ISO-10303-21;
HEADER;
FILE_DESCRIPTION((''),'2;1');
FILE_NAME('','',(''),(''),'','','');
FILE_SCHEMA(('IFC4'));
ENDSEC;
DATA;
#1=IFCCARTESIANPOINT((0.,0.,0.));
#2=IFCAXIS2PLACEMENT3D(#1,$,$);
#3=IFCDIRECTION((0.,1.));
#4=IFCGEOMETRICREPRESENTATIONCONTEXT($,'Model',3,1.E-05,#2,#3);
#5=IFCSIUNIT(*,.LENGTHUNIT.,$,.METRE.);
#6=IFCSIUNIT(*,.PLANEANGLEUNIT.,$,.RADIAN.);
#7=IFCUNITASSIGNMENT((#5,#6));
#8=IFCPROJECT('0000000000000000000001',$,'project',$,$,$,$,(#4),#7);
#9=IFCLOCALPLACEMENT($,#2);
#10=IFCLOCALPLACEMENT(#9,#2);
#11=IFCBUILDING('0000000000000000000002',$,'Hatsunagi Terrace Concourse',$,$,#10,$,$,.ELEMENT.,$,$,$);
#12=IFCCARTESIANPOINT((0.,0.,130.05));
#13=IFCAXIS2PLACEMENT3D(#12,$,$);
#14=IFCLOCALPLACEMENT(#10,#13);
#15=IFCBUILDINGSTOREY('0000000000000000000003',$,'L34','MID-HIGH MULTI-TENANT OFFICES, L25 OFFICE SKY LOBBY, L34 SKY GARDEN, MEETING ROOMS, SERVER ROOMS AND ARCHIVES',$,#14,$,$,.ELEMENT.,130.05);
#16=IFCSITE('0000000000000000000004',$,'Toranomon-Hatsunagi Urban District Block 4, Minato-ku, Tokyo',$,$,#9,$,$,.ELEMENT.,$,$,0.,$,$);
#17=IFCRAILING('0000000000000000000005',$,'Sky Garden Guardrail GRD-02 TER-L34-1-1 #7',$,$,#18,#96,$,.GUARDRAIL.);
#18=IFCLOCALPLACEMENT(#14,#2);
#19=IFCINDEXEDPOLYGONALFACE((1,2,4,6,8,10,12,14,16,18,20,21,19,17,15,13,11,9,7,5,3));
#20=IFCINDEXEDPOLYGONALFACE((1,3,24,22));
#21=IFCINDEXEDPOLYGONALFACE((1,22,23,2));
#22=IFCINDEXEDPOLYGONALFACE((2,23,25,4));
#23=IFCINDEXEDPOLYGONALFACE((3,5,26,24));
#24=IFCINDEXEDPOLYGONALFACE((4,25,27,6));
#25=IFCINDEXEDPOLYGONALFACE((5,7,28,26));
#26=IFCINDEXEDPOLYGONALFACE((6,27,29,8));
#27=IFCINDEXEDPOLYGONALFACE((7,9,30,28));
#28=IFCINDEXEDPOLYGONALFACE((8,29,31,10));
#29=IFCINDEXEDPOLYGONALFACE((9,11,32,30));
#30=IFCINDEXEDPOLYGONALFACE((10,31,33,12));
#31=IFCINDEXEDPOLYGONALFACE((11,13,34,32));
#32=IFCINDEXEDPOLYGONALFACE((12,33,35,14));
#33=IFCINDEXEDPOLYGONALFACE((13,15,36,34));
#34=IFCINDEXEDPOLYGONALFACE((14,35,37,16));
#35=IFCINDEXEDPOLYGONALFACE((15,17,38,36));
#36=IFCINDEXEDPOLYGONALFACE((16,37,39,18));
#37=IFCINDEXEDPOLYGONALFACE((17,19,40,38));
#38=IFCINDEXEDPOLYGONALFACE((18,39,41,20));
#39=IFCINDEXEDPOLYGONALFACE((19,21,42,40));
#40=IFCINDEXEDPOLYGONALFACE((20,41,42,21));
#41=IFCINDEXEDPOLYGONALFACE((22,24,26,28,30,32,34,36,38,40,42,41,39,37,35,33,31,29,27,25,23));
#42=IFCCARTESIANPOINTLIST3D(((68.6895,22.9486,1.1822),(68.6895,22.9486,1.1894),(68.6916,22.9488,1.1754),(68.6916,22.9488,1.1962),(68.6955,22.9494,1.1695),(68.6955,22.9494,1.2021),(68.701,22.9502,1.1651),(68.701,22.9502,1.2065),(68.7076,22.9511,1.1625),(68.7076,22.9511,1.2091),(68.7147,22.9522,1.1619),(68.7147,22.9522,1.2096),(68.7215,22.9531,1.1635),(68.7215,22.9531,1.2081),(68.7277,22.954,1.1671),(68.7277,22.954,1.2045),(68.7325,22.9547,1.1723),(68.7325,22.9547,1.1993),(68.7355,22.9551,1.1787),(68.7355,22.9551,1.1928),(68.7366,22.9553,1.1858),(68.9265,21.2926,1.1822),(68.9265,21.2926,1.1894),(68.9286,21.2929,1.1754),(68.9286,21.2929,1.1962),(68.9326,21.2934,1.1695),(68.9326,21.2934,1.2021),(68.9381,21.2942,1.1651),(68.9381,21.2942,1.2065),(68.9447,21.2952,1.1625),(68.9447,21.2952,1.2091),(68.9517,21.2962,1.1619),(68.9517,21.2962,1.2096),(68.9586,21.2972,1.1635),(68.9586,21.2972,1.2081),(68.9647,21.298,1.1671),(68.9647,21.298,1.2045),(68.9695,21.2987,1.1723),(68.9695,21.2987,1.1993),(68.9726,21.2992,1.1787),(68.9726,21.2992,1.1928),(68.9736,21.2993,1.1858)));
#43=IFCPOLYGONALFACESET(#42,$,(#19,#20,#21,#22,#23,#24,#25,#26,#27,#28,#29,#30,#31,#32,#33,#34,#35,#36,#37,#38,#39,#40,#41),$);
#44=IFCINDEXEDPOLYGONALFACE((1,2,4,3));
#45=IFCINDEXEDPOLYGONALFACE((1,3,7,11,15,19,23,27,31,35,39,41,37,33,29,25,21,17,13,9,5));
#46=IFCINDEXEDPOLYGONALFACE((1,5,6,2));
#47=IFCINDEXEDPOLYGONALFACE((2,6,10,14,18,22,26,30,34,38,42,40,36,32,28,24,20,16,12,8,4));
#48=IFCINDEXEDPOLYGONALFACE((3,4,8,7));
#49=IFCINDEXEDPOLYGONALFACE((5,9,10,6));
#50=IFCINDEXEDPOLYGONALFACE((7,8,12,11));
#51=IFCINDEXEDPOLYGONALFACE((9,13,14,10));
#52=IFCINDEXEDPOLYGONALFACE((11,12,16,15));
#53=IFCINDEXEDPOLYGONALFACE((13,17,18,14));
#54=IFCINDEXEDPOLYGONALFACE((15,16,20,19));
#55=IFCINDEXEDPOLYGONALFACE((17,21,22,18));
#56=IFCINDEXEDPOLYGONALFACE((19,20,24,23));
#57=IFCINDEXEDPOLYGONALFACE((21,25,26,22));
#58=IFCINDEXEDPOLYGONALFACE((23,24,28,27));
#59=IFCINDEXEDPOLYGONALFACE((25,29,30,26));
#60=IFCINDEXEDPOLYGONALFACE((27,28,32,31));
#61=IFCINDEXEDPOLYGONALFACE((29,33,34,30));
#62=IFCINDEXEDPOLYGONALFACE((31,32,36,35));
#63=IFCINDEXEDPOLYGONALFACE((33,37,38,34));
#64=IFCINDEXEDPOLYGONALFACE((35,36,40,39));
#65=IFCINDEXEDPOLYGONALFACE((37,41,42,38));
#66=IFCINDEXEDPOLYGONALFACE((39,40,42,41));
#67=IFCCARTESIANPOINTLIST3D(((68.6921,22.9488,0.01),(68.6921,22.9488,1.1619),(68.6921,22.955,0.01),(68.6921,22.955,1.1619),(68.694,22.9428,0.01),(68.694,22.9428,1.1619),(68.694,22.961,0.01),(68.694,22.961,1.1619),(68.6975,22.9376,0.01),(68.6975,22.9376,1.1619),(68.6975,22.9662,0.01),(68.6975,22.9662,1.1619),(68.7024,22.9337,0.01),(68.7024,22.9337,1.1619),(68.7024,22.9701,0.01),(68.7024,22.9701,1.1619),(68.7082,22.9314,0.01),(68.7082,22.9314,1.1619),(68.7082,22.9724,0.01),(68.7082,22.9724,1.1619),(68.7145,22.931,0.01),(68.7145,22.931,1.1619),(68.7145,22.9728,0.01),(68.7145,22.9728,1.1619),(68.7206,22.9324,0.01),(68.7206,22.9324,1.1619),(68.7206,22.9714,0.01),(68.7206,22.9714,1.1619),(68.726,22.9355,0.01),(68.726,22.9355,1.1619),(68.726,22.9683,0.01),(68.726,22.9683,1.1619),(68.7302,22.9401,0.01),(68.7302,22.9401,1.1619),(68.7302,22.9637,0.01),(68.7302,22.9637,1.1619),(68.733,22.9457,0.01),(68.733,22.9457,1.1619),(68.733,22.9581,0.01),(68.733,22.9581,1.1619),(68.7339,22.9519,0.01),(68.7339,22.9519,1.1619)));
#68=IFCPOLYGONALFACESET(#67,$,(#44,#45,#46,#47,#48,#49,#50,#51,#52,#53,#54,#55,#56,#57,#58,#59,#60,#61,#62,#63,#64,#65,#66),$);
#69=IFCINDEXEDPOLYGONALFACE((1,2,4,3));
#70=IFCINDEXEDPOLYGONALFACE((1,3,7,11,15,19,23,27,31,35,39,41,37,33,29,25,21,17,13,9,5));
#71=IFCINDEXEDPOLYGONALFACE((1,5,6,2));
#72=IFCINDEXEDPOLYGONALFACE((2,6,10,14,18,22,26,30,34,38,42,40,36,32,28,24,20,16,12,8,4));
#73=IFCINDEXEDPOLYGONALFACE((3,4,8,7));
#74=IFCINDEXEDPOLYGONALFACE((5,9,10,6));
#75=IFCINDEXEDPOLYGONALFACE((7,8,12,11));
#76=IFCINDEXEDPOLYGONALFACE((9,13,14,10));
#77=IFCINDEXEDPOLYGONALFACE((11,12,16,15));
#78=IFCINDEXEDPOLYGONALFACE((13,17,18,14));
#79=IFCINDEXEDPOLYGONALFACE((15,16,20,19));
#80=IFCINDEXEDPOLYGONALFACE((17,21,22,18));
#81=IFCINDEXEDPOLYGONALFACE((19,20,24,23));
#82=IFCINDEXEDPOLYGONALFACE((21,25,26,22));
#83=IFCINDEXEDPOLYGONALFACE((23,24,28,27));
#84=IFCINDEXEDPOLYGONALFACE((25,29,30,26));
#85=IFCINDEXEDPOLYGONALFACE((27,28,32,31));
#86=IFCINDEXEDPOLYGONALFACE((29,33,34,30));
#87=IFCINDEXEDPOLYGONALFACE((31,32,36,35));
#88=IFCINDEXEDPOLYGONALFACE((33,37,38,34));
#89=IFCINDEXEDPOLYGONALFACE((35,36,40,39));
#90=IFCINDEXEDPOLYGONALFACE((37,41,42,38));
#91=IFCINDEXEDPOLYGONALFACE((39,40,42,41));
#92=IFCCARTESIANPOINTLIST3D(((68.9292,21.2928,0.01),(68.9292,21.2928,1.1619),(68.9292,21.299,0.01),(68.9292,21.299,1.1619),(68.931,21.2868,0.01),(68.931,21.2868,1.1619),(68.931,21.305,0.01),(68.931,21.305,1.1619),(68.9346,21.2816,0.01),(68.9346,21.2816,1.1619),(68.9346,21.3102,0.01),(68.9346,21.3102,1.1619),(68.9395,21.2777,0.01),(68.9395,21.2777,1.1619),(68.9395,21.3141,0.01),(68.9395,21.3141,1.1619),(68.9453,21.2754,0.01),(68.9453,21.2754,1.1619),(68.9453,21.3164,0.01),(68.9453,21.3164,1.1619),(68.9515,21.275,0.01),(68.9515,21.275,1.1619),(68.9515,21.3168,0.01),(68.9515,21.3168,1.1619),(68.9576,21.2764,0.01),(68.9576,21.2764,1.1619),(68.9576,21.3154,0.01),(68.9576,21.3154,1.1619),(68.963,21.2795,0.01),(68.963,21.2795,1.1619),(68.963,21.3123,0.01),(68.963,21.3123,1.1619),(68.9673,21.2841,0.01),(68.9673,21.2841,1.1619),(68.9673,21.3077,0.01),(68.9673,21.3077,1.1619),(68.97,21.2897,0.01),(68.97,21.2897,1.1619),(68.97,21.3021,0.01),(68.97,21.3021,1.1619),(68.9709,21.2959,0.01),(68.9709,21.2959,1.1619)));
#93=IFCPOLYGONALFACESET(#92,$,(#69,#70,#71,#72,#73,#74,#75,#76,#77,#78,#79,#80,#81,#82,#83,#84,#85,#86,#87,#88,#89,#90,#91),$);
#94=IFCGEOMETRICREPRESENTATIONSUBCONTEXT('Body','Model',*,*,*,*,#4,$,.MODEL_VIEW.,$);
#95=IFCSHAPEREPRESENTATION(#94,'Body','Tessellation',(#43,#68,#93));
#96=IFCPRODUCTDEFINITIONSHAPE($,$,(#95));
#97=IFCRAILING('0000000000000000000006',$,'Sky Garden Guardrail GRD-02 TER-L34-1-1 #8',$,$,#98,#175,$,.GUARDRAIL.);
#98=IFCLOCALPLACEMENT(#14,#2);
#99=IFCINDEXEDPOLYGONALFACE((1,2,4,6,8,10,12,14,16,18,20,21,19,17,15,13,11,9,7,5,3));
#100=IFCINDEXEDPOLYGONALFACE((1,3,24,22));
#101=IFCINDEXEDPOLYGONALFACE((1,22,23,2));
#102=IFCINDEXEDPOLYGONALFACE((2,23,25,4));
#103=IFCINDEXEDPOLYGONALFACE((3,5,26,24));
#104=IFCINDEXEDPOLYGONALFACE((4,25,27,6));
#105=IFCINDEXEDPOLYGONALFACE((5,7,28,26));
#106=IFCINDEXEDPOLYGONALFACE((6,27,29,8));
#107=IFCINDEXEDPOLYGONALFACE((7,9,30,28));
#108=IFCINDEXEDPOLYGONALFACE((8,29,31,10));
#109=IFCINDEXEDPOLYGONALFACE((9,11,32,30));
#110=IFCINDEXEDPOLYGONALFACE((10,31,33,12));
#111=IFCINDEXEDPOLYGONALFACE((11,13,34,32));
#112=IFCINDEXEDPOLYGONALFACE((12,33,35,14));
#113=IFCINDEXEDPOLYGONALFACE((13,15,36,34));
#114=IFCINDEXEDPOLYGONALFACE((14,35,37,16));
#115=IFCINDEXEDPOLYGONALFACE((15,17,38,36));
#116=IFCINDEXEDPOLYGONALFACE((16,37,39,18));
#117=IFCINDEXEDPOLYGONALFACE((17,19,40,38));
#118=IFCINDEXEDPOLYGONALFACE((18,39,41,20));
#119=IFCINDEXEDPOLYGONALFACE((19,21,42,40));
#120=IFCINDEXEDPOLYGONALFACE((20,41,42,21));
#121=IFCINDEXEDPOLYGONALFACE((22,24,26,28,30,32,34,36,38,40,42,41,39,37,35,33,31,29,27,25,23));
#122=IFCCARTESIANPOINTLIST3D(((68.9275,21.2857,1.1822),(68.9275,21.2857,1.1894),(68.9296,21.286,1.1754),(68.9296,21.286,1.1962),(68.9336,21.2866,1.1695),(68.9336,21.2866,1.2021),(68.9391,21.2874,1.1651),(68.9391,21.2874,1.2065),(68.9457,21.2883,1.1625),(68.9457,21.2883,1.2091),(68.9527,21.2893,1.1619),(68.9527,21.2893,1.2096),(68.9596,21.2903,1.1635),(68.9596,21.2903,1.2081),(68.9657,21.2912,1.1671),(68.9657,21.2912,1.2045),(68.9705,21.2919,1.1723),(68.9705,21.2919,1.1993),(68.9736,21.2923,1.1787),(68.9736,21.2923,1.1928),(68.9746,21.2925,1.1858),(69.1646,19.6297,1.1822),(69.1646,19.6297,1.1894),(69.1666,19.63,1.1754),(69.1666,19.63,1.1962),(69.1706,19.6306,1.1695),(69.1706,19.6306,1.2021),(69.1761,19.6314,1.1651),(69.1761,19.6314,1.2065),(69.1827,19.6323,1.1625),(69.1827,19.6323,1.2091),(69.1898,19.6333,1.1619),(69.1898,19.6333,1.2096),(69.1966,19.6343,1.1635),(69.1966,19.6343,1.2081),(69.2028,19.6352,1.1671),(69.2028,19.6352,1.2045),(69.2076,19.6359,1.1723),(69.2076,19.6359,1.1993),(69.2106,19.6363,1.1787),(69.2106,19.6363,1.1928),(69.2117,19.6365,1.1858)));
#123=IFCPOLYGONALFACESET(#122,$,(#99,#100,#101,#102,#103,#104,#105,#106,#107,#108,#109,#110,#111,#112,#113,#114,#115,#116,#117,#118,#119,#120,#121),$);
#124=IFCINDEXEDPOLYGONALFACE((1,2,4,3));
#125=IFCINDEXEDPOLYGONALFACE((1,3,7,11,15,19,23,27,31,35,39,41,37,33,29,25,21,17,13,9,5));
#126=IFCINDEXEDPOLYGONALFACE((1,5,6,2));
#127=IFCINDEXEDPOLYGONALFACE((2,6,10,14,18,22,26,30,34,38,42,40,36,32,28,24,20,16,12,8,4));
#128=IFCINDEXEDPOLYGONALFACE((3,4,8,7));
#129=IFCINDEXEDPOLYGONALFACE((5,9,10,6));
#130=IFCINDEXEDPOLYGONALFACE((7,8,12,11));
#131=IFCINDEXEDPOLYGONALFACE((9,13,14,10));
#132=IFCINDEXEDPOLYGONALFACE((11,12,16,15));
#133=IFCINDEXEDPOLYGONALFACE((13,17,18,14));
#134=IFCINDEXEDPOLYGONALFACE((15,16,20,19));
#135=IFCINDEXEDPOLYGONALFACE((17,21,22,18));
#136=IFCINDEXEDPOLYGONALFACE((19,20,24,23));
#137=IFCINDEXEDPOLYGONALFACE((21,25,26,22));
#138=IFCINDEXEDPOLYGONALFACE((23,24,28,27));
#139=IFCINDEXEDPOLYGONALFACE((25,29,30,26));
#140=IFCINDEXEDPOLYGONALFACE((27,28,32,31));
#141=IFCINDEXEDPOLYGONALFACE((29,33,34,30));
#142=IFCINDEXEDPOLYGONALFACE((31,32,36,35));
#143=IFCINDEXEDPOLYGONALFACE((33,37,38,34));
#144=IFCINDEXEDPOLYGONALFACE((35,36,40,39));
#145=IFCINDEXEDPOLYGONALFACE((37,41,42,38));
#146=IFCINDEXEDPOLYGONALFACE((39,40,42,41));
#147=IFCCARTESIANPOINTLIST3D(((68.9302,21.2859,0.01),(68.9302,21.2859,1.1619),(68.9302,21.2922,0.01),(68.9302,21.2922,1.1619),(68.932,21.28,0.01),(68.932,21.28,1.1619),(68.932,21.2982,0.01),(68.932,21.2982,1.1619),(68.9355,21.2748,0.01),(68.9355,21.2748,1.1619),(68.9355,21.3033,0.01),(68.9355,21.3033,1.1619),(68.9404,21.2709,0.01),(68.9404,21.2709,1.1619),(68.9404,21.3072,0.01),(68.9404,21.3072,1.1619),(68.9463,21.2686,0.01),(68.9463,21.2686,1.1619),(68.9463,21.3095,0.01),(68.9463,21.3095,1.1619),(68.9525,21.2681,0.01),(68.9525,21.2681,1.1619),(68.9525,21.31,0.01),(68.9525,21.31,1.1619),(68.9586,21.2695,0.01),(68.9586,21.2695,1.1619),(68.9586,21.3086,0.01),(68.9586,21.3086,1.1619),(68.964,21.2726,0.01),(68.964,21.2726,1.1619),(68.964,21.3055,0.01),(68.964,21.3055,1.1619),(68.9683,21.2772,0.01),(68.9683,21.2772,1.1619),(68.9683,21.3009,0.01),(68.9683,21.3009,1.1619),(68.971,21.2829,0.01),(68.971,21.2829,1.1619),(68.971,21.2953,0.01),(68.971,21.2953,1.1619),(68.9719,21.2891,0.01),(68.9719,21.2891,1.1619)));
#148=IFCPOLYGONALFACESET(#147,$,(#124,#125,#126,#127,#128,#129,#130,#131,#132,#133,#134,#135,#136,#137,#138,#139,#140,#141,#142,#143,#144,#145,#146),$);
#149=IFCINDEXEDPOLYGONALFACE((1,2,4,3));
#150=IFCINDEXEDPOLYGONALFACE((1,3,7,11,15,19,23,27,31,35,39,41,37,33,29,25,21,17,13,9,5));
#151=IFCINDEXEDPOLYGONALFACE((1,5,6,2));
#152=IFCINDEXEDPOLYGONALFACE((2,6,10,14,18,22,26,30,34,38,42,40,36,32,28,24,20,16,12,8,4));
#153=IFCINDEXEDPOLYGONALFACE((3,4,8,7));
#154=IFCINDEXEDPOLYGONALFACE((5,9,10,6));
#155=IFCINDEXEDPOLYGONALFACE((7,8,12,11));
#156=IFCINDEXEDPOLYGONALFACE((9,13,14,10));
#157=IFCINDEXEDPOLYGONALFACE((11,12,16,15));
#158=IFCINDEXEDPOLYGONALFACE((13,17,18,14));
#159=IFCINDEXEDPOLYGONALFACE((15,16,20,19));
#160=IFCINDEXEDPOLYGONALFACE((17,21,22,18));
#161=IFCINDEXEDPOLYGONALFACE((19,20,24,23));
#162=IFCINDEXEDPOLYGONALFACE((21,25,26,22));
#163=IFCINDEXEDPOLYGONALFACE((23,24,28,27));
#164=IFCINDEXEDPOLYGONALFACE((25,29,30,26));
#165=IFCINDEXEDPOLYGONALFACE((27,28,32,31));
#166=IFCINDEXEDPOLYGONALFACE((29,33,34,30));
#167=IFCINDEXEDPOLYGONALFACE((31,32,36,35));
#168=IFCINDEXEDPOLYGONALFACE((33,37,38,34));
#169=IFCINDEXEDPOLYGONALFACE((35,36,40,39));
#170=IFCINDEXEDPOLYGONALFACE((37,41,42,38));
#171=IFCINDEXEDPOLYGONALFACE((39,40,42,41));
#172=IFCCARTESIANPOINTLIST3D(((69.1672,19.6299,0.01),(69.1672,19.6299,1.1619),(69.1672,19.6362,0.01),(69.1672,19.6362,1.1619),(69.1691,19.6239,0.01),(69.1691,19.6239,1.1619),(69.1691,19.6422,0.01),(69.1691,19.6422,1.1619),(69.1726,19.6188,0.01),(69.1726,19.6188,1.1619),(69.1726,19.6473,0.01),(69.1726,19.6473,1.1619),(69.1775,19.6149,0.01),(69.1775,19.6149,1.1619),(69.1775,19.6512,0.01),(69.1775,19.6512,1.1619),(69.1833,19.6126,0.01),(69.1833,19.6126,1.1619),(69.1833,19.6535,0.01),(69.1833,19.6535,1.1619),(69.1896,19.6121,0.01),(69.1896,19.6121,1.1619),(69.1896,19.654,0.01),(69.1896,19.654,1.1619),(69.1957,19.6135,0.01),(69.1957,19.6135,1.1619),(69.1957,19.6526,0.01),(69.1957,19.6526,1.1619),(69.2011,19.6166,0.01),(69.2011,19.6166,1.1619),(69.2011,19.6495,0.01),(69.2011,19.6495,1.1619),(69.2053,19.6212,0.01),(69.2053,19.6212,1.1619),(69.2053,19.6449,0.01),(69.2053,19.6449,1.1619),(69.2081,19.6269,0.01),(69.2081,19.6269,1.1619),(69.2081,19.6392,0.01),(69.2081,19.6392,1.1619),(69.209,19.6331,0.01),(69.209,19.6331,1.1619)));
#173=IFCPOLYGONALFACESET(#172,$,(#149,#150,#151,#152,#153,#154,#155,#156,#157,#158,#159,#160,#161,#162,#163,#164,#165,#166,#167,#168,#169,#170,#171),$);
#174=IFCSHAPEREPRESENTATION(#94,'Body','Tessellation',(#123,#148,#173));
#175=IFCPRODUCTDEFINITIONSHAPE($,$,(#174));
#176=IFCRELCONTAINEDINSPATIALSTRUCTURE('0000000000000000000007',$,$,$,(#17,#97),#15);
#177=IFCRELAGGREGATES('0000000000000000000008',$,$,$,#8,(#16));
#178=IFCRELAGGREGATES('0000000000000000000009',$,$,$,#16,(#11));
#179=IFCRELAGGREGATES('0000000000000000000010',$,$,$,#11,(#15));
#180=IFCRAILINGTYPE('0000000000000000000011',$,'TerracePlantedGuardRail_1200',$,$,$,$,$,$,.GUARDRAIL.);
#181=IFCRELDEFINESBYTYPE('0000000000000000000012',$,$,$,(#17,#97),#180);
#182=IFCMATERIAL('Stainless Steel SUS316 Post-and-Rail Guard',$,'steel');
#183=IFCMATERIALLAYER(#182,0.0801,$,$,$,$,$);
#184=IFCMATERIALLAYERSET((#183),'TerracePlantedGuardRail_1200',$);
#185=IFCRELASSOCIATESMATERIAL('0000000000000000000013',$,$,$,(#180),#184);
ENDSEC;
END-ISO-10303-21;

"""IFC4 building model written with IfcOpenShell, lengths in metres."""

from ifc_helpers import new_model, si_unit, direction, frame, origin, origin_2d, place, context, subcontext, project, spatial, circle, extrude, material, layer, layer_set, type_object, element, save


model = new_model("IFC4")

# Units and contexts
model_context = context("Model", 3, precision=1e-05, world=origin(), true_north=direction((0.0, 1.0)))
body_context = subcontext(model_context, "Body", "Model", "MODEL_VIEW")
ifc_project = project(units=[si_unit("LENGTHUNIT", "METRE"), si_unit("PLANEANGLEUNIT", "RADIAN")], contexts=[model_context])

# Site, building, storey
site_placement = place(None, origin())
site = spatial("IfcSite", under=ifc_project, at=site_placement, Name="Toranomon-Hatsunagi Urban District Block 4, Minato-ku, Tokyo", CompositionType="ELEMENT", RefElevation=0.0)
building_placement = place(site_placement, origin())
building = spatial("IfcBuilding", under=site, at=building_placement, Name="Hatsunagi Terrace Concourse", CompositionType="ELEMENT")
storey_placement = place(building_placement, frame((0.0, 0.0, 130.05)))
storey = spatial("IfcBuildingStorey", under=building, at=storey_placement, Name="L34", Description="MID-HIGH MULTI-TENANT OFFICES, L25 OFFICE SKY LOBBY, L34 SKY GARDEN, MEETING ROOMS, SERVER ROOMS AND ARCHIVES", CompositionType="ELEMENT", Elevation=130.05)

# Railings
ifc_material_1 = material(Name="Stainless Steel SUS316 Post-and-Rail Guard", Category="steel")
ifc_layer_1 = layer(ifc_material_1, 0.0801)
ifc_layer_set_1 = layer_set([ifc_layer_1], Name="TerracePlantedGuardRail_1200")
railing_type = type_object("IfcRailingType", Name="TerracePlantedGuardRail_1200", PredefinedType="GUARDRAIL", material=ifc_layer_set_1)
for number, where, name in (
    (1, (68.7129, 22.9519, 0.01), "Sky Garden Guardrail GRD-02 TER-L34-1-1 #7"),
    (2, (68.9509, 21.2891, 0.01), "Sky Garden Guardrail GRD-02 TER-L34-1-1 #8"),
):
    element("IfcRailing", number, at=place(storey_placement, frame(where)), inside=storey, type_object=railing_type, Name=name, PredefinedType="GUARDRAIL", context=body_context, shape_type="SweptSolid", body=[
        extrude(circle(Radius=0.0239, at=origin_2d()), frame((0.0, 0.0, 1.1758), z_axis=(0.141707, -0.989909, 0.0), x_axis=(0.989909, 0.141707, 0.0)), (0.0, 0.0, 1.0), 1.6729),
        extrude(circle(Radius=0.021, at=origin_2d()), origin(), (0.0, 0.0, 1.0), 1.1519),
        extrude(circle(Radius=0.021, at=origin_2d()), frame((0.2371, -1.656, 0.0)), (0.0, 0.0, 1.0), 1.1519),
    ])

save(model, "model.ifc")
